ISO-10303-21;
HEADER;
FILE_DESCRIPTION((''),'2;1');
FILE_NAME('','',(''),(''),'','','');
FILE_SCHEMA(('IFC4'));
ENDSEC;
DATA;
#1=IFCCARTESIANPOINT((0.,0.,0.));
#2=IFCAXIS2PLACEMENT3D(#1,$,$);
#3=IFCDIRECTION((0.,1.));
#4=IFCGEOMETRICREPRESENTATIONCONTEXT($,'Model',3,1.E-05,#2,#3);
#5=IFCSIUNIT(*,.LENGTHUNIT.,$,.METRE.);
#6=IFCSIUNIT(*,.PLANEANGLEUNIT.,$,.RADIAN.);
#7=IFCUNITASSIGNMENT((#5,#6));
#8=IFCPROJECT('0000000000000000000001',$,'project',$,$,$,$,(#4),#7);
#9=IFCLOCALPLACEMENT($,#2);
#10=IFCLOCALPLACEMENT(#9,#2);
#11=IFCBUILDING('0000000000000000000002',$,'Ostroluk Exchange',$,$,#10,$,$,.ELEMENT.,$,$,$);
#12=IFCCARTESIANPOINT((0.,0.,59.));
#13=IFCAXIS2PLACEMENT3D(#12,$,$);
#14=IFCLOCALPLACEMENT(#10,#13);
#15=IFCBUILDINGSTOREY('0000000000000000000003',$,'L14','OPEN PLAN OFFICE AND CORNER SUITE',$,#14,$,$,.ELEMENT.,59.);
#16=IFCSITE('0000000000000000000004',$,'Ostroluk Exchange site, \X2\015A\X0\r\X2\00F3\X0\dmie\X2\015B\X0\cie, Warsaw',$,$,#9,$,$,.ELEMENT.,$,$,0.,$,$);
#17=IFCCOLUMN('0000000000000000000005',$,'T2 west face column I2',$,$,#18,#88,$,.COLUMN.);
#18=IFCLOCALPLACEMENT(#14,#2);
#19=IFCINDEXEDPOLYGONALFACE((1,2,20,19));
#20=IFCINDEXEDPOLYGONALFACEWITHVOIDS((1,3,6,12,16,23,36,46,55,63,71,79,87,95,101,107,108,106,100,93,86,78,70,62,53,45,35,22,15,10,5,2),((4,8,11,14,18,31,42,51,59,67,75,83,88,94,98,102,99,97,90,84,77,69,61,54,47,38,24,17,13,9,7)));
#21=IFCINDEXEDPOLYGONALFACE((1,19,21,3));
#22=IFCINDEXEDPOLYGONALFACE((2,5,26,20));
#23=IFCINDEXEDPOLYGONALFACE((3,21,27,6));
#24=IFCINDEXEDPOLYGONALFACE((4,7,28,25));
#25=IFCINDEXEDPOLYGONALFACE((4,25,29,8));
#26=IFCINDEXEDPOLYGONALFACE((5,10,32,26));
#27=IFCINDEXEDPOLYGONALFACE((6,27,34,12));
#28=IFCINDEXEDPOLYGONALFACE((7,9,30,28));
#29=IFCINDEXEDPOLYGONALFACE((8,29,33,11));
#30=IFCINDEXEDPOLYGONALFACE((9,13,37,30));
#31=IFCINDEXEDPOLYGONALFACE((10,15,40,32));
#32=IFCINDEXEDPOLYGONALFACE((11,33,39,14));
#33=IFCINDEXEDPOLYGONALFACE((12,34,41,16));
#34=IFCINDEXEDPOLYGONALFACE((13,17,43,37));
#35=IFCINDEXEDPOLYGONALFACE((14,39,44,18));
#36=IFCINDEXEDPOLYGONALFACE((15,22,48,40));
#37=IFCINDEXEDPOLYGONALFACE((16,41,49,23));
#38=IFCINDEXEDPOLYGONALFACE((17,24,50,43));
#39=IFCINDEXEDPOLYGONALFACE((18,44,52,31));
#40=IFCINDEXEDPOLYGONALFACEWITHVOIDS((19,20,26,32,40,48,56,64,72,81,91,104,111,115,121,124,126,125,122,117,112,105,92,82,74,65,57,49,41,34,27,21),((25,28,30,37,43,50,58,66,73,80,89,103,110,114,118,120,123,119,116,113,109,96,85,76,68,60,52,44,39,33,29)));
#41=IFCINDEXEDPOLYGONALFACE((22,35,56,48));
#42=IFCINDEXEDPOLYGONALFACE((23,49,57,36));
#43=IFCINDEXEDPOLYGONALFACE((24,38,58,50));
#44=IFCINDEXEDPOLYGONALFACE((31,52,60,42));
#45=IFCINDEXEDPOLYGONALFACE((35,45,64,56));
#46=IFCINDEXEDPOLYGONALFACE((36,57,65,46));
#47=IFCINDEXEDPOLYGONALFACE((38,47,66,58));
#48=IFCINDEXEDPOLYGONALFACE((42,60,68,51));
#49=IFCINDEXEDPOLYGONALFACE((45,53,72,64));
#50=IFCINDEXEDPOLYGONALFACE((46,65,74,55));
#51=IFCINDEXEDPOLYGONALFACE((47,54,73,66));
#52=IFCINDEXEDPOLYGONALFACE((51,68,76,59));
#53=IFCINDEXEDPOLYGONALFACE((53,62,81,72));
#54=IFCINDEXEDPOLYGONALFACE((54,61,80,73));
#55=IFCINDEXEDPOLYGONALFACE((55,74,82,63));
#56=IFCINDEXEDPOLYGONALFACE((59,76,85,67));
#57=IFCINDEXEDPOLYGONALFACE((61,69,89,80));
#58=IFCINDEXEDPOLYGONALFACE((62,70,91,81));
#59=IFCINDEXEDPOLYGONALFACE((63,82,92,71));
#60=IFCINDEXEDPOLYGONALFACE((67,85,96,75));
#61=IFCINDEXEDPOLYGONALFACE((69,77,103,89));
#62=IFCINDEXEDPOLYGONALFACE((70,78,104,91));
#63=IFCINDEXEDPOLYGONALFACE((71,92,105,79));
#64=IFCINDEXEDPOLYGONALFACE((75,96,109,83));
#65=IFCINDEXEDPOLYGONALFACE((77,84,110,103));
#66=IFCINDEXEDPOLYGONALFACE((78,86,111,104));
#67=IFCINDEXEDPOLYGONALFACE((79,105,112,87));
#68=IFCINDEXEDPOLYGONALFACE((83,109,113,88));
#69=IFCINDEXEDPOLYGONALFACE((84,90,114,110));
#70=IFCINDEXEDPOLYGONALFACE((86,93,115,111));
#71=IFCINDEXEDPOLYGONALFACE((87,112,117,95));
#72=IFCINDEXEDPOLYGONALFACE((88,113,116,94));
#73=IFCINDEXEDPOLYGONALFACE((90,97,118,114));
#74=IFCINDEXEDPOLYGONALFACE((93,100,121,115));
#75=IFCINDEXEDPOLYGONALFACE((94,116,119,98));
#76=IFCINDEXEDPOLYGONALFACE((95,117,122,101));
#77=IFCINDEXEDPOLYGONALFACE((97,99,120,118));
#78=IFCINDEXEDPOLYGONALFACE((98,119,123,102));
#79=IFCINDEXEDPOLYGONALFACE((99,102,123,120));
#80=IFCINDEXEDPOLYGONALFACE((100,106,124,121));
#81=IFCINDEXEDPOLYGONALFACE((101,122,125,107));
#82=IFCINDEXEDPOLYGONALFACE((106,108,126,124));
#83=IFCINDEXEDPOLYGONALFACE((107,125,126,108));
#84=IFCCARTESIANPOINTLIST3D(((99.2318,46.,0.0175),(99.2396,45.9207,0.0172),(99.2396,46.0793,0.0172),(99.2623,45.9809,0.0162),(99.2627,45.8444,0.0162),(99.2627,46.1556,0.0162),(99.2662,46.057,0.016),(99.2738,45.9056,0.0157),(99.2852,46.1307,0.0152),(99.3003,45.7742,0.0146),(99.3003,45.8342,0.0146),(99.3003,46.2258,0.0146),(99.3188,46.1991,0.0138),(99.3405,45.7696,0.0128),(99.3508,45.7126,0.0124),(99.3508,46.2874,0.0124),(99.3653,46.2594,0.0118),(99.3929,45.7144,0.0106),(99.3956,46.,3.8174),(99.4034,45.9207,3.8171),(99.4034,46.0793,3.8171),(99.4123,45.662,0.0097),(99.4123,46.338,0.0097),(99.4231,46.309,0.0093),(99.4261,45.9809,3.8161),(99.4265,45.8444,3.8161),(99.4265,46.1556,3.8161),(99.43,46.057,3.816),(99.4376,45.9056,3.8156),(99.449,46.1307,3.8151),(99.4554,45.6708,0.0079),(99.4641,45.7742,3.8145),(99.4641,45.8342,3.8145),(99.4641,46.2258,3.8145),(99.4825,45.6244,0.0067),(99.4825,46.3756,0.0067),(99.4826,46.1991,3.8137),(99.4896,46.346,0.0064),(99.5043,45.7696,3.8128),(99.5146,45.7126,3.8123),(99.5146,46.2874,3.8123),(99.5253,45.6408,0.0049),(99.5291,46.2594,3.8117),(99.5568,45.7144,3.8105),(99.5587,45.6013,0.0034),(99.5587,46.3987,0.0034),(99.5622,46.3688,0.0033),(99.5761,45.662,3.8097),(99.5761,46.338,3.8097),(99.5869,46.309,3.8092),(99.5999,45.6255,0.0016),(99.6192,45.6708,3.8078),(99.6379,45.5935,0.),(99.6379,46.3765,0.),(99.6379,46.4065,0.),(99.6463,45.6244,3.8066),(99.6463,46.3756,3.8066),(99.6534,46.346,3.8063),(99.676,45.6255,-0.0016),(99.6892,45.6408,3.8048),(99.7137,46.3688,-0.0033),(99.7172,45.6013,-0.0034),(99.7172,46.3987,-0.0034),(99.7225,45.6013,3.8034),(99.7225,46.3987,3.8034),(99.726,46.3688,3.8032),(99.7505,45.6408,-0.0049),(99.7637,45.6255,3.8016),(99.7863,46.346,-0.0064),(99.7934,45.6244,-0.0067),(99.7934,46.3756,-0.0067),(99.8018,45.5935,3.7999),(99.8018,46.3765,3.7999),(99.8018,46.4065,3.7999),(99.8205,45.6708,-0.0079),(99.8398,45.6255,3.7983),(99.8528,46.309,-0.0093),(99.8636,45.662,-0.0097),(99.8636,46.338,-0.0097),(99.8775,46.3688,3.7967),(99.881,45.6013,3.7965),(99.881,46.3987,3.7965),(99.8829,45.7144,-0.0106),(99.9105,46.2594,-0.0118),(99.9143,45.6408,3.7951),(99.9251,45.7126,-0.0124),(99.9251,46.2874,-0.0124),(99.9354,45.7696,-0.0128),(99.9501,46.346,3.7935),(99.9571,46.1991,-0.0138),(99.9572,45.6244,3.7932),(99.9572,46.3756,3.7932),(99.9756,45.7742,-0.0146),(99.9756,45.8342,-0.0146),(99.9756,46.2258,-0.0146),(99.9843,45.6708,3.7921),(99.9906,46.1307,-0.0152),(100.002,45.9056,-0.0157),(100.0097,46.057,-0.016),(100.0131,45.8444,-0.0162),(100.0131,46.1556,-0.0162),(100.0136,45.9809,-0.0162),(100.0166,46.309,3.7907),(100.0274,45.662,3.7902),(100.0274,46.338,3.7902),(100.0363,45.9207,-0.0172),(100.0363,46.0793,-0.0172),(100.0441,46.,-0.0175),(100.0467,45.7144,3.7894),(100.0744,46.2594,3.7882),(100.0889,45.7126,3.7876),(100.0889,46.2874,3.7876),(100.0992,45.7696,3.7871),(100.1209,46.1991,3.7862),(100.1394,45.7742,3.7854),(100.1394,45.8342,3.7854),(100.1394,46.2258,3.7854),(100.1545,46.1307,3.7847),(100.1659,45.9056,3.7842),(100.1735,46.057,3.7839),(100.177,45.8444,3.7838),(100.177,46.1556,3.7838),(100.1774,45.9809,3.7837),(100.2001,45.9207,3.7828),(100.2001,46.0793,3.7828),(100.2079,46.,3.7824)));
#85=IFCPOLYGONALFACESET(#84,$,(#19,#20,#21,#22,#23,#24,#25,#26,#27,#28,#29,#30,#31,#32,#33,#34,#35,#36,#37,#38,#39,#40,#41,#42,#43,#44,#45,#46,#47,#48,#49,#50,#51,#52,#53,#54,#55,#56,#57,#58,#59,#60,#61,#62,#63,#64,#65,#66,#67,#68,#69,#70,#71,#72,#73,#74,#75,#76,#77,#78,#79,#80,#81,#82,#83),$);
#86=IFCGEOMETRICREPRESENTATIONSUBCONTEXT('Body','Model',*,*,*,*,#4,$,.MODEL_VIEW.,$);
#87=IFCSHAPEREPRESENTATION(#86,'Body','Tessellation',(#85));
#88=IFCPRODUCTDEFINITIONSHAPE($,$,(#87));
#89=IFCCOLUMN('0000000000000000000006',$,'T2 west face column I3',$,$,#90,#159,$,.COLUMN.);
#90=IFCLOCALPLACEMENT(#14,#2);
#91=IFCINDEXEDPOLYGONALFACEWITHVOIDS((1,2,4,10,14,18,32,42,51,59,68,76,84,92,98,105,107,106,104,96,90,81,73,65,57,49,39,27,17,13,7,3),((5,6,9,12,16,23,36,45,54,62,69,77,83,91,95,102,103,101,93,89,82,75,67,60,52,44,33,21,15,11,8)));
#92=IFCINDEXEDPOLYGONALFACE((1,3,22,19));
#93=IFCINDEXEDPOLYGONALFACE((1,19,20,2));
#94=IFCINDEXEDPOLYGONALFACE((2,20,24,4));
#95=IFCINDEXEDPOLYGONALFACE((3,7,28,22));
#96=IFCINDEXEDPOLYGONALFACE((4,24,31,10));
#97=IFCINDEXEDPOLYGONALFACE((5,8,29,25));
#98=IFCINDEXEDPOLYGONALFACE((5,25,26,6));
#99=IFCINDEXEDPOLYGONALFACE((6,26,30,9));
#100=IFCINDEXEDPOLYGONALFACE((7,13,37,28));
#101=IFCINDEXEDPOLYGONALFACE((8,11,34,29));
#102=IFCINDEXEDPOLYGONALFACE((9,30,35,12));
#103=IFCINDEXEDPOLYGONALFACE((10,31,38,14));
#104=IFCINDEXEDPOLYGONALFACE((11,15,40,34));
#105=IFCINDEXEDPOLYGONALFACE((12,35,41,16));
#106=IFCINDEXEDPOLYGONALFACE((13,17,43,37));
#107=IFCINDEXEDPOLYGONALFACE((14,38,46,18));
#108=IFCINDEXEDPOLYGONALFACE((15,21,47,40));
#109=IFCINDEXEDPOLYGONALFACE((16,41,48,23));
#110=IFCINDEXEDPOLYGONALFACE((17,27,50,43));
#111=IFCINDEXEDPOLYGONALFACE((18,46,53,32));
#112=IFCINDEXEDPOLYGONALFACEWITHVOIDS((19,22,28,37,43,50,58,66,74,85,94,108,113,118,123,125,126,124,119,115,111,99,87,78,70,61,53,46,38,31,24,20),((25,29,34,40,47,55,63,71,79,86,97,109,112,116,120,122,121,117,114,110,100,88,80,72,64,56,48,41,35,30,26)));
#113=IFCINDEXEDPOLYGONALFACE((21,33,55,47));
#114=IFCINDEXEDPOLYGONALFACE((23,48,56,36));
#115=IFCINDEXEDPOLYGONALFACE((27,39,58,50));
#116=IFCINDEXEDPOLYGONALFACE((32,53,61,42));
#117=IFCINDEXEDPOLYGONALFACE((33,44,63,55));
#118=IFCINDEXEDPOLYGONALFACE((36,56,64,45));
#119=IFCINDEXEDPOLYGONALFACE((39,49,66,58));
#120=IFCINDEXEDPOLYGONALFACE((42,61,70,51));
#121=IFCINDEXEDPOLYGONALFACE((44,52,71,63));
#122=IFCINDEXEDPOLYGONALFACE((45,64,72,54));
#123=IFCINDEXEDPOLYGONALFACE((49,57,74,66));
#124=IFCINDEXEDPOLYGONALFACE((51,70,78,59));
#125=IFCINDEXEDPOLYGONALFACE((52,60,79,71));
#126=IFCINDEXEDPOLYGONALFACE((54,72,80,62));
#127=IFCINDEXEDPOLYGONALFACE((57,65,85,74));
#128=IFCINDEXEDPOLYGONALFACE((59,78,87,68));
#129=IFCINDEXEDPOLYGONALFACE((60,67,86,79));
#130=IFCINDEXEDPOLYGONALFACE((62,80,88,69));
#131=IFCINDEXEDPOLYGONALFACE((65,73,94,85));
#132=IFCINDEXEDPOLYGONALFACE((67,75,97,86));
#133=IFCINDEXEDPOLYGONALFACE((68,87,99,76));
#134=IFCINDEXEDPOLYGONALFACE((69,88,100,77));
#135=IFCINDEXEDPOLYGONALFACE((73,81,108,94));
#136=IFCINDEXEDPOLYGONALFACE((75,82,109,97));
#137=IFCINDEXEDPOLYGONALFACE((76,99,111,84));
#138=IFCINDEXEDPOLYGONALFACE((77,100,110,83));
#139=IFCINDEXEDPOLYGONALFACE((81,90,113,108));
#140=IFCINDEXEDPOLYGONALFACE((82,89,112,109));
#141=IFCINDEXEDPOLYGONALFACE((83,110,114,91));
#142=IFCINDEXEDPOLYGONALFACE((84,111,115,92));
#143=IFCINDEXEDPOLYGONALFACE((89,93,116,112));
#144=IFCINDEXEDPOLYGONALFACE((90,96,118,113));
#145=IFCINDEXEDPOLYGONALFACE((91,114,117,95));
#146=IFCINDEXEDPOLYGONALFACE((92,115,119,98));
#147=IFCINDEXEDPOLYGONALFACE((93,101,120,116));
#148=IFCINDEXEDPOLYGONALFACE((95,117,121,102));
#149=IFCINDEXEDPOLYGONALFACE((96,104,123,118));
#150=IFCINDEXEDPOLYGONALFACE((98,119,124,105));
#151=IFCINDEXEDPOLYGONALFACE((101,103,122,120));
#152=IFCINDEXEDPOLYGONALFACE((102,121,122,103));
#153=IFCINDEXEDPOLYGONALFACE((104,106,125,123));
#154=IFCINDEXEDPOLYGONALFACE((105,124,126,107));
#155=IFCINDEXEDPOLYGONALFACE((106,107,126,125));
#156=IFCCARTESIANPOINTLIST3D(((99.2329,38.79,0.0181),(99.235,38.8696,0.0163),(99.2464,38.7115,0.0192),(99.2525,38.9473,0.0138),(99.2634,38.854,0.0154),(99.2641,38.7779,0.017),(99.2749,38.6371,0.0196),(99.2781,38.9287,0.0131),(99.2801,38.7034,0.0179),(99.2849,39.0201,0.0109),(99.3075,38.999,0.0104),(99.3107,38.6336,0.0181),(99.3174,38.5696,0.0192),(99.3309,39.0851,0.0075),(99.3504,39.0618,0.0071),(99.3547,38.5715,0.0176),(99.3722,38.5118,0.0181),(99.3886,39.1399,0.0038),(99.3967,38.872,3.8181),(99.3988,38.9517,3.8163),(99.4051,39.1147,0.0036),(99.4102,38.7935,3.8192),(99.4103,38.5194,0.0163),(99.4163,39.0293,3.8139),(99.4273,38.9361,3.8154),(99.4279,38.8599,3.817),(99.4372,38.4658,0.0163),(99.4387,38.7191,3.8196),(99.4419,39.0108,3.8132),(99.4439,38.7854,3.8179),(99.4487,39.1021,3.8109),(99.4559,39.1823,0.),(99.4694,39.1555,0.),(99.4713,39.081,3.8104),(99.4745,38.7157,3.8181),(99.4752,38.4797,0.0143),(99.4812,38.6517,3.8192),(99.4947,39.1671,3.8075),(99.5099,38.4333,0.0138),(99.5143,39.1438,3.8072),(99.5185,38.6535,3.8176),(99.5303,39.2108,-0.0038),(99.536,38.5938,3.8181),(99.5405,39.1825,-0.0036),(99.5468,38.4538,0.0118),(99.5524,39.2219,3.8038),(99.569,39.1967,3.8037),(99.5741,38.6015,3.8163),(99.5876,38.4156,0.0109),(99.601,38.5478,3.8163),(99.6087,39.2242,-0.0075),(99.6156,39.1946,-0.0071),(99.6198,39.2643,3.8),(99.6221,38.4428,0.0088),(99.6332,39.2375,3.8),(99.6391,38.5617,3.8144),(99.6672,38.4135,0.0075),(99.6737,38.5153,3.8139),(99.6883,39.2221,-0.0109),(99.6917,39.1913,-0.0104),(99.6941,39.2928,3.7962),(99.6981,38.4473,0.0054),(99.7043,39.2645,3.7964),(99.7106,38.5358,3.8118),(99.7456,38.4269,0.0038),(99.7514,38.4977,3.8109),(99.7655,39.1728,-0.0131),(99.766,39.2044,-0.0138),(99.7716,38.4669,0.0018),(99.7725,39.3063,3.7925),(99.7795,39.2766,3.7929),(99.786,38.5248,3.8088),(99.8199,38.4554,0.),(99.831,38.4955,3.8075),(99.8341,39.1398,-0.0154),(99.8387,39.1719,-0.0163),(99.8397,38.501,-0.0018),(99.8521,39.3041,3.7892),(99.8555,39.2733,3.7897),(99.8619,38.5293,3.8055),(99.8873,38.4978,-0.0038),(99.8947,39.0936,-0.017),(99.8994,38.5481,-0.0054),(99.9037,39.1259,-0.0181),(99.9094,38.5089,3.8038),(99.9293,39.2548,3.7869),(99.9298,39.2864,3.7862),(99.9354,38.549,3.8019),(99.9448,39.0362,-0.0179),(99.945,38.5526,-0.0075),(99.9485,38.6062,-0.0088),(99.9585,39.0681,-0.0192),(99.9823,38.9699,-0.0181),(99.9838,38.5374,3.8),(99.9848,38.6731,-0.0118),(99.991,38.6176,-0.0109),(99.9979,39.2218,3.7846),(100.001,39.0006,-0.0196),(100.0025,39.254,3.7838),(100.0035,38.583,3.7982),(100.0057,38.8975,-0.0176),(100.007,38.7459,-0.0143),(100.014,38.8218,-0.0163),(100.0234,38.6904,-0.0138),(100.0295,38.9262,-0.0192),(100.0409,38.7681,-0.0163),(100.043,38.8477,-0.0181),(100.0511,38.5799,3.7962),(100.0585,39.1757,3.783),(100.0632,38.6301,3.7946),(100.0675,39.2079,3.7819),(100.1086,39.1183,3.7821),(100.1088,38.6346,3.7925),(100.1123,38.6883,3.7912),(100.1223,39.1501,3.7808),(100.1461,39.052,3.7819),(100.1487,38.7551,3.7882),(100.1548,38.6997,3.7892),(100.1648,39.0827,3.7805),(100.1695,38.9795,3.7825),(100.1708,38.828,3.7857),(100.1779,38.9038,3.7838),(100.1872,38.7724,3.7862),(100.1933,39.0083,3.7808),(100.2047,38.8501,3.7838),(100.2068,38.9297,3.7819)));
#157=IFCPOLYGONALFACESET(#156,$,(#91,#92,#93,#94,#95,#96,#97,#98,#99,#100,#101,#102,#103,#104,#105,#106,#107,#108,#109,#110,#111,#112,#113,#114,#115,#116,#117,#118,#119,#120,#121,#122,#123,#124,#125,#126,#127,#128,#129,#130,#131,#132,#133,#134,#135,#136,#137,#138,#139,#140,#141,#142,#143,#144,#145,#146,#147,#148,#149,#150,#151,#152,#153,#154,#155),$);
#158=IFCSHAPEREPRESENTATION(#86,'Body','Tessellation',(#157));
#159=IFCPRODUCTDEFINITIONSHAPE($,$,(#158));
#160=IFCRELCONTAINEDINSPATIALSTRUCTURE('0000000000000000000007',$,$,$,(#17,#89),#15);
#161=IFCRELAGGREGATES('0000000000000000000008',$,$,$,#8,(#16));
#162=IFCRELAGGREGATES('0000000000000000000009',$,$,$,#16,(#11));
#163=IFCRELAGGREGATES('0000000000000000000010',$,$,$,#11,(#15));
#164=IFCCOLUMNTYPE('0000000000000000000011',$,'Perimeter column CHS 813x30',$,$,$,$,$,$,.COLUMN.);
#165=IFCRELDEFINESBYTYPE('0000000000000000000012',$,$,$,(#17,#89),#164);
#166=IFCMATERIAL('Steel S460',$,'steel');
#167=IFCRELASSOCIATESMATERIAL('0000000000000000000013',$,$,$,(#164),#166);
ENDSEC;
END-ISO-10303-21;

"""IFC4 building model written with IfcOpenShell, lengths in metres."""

from ifc_helpers import new_model, si_unit, direction, frame, origin, origin_2d, place, context, subcontext, project, spatial, hollow_circle, extrude, material, material_profile, profile_set, type_object, element, save


model = new_model("IFC4")

# Units and contexts
model_context = context("Model", 3, precision=1e-05, world=origin(), true_north=direction((0.0, 1.0)))
body_context = subcontext(model_context, "Body", "Model", "MODEL_VIEW")
ifc_project = project(units=[si_unit("LENGTHUNIT", "METRE"), si_unit("PLANEANGLEUNIT", "RADIAN")], contexts=[model_context])

# Site, building, storey
site_placement = place(None, origin())
site = spatial("IfcSite", under=ifc_project, at=site_placement, Name="Ostroluk Exchange site, Śródmieście, Warsaw", CompositionType="ELEMENT", RefElevation=0.0)
building_placement = place(site_placement, origin())
building = spatial("IfcBuilding", under=site, at=building_placement, Name="Ostroluk Exchange", CompositionType="ELEMENT")
storey_placement = place(building_placement, frame((0.0, 0.0, 59.0)))
storey = spatial("IfcBuildingStorey", under=building, at=storey_placement, Name="L14", Description="OPEN PLAN OFFICE AND CORNER SUITE", CompositionType="ELEMENT", Elevation=59.0)

# Columns
ifc_material_1 = material(Name="Steel S460", Category="steel")
ifc_material_profile_1 = material_profile(ifc_material_1, hollow_circle(Radius=0.4065, WallThickness=0.03, at=origin_2d()), Name="CHS 813x30")
ifc_profile_set_1 = profile_set([ifc_material_profile_1], Name="Steel S460")
column_type = type_object("IfcColumnType", Name="Perimeter column CHS 813x30", PredefinedType="COLUMN", material=ifc_profile_set_1)
column_1_placement = place(storey_placement, frame((99.6379, 46.0, 0.0), z_axis=(0.04307, 0.0, 0.999072), x_axis=(0.0, 1.0, 0.0)))
element("IfcColumn", 1, at=column_1_placement, inside=storey, type_object=column_type, Name="T2 west face column I2", PredefinedType="COLUMN", context=body_context, shape_type="SweptSolid", body=[
    extrude(hollow_circle(Radius=0.4065, WallThickness=0.03, at=origin_2d()), origin(), (0.0, 0.0, 1.0), 3.8035),
])
column_2_placement = place(storey_placement, frame((99.6379, 38.8188, 0.0), z_axis=(0.04306, 0.021562, 0.99884), x_axis=(-0.447747, 0.894161, 0.0)))
element("IfcColumn", 2, at=column_2_placement, inside=storey, type_object=column_type, Name="T2 west face column I3", PredefinedType="COLUMN", context=body_context, shape_type="SweptSolid", body=[
    extrude(hollow_circle(Radius=0.4065, WallThickness=0.03, at=origin_2d()), origin(), (0.0, 0.0, 1.0), 3.8044),
])

save(model, "model.ifc")
